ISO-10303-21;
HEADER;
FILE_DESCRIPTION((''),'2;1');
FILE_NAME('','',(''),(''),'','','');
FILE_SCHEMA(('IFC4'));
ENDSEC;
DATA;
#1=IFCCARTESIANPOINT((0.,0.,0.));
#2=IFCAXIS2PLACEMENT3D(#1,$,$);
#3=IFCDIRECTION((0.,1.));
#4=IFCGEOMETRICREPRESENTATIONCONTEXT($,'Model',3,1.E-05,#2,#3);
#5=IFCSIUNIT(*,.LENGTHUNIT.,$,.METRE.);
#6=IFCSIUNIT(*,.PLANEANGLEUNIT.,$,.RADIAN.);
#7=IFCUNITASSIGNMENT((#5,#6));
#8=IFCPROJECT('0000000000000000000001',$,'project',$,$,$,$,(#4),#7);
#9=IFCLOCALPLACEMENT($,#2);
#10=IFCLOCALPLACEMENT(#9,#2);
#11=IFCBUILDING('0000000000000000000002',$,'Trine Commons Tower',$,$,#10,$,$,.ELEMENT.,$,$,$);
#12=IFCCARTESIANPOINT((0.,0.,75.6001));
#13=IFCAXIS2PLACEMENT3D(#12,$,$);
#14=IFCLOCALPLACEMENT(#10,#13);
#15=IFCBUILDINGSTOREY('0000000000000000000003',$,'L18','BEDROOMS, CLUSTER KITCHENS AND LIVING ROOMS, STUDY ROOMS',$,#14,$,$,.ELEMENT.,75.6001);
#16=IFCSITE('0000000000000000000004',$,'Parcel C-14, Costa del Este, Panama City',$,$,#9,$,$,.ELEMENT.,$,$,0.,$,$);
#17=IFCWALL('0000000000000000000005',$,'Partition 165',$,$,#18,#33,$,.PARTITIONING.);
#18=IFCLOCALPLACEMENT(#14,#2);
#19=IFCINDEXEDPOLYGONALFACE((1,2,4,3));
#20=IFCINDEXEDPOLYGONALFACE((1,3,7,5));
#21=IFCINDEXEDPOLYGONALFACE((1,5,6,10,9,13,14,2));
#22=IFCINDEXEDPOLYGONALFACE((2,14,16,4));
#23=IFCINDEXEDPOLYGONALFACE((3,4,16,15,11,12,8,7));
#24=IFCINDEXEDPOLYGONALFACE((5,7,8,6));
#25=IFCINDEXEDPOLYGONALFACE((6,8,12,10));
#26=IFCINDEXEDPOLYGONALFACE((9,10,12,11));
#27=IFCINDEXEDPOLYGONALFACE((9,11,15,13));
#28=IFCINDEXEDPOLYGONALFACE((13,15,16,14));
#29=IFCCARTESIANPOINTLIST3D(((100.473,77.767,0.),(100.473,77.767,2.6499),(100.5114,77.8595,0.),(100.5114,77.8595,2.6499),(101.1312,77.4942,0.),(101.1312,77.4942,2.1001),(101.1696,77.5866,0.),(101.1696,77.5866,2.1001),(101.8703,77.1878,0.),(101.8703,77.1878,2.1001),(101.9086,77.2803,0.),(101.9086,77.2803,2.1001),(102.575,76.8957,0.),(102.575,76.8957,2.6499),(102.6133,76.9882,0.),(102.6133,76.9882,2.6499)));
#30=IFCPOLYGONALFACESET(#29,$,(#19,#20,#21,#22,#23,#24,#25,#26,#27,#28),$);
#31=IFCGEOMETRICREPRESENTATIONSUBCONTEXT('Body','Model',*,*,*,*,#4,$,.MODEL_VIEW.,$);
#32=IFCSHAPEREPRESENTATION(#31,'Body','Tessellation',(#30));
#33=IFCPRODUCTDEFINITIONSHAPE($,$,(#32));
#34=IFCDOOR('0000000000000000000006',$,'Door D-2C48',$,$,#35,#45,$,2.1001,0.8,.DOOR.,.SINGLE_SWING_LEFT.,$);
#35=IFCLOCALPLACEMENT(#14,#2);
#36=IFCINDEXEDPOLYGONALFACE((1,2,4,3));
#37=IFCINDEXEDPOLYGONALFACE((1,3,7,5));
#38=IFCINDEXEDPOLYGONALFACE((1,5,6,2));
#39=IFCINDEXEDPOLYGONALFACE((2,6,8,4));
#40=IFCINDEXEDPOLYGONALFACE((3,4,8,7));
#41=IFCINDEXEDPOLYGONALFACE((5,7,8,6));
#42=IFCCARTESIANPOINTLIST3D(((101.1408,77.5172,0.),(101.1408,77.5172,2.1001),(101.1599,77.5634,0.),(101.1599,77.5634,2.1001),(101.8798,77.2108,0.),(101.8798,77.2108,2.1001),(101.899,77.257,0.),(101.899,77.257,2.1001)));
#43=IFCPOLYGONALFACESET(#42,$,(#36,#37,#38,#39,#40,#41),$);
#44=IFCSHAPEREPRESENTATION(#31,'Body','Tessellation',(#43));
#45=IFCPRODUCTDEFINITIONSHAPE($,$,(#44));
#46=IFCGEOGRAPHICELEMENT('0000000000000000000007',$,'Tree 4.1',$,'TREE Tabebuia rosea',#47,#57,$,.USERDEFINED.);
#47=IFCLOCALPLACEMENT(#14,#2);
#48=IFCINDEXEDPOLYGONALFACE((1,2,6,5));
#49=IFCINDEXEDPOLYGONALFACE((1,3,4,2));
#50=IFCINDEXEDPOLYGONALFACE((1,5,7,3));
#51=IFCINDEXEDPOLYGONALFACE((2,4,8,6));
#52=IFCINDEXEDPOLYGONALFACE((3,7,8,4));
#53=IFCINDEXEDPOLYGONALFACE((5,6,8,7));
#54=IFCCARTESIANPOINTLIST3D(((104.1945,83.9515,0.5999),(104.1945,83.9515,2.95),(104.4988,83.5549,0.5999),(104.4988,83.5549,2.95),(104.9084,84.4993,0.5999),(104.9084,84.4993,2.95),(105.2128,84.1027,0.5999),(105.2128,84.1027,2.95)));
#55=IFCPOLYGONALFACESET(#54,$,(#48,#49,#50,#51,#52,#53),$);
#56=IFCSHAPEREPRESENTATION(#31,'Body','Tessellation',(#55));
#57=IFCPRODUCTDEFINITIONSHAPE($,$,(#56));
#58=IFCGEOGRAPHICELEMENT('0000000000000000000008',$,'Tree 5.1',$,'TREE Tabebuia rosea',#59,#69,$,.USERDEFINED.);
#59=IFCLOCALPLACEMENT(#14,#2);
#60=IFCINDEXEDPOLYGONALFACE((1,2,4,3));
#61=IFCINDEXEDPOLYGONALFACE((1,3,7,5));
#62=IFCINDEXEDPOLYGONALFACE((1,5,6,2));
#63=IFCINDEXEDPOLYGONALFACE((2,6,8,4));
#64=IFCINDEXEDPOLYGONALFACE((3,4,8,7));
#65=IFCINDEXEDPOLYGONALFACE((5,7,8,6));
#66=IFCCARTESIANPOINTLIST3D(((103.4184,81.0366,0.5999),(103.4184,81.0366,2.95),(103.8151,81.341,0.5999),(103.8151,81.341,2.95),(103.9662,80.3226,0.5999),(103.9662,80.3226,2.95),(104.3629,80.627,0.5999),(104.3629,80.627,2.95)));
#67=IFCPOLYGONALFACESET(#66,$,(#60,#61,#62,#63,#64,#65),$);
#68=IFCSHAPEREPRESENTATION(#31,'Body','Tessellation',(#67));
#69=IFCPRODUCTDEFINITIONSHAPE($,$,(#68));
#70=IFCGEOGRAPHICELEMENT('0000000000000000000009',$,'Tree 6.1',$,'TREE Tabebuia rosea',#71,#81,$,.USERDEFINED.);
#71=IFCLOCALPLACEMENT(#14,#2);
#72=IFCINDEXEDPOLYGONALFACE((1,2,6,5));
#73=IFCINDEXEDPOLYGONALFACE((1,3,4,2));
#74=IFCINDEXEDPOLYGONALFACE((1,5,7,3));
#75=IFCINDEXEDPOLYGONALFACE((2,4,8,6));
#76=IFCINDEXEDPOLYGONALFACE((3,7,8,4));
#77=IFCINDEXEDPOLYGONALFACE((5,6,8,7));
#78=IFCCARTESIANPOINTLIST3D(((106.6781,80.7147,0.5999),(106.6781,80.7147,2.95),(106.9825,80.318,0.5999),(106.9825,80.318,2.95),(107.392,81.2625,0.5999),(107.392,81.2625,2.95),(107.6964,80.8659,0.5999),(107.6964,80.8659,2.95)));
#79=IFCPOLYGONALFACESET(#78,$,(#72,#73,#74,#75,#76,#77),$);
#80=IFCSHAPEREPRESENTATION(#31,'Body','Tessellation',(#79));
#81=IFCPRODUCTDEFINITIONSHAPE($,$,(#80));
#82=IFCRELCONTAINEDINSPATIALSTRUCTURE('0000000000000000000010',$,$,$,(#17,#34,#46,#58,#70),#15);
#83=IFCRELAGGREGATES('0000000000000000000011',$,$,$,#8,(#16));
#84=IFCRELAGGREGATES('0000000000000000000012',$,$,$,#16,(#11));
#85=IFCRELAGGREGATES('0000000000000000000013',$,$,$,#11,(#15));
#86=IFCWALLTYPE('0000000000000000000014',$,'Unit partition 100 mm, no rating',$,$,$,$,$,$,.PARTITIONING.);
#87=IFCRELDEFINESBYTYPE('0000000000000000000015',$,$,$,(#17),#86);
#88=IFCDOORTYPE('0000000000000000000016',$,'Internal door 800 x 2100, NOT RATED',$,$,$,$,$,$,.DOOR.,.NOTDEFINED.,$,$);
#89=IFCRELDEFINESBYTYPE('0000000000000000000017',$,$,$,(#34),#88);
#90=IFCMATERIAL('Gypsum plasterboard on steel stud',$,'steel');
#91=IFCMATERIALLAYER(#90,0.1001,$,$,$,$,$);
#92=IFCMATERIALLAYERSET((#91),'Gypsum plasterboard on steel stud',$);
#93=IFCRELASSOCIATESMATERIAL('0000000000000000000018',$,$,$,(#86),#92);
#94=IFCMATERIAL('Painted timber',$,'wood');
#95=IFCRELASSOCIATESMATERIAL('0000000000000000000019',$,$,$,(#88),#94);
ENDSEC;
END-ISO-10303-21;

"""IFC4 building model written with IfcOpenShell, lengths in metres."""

from ifc_helpers import new_model, si_unit, direction, frame, frame_2d, origin, origin_2d, place, context, subcontext, project, spatial, rectangle, extrude, material, layer, layer_set, type_object, element, fill, save


model = new_model("IFC4")

# Units and contexts
model_context = context("Model", 3, precision=1e-05, world=origin(), true_north=direction((0.0, 1.0)))
body_context = subcontext(model_context, "Body", "Model", "MODEL_VIEW")
ifc_project = project(units=[si_unit("LENGTHUNIT", "METRE"), si_unit("PLANEANGLEUNIT", "RADIAN")], contexts=[model_context])

# Site, building, storey
site_placement = place(None, origin())
site = spatial("IfcSite", under=ifc_project, at=site_placement, Name="Parcel C-14, Costa del Este, Panama City", CompositionType="ELEMENT", RefElevation=0.0)
building_placement = place(site_placement, origin())
building = spatial("IfcBuilding", under=site, at=building_placement, Name="Trine Commons Tower", CompositionType="ELEMENT")
storey_placement = place(building_placement, frame((0.0, 0.0, 75.6001)))
storey = spatial("IfcBuildingStorey", under=building, at=storey_placement, Name="L18", Description="BEDROOMS, CLUSTER KITCHENS AND LIVING ROOMS, STUDY ROOMS", CompositionType="ELEMENT", Elevation=75.6001)

# Shared definitions
ifc_material_1 = material(Name="Gypsum plasterboard on steel stud", Category="steel")

# Wall, opening, door
ifc_layer_1 = layer(ifc_material_1, 0.1001)
ifc_layer_set_1 = layer_set([ifc_layer_1], Name="Gypsum plasterboard on steel stud")
wall_type_1 = type_object("IfcWallType", Name="Unit partition 100 mm, no rating", PredefinedType="PARTITIONING", material=ifc_layer_set_1)
wall_1_placement = place(storey_placement, frame((100.4922, 77.8132, 0.0), z_axis=(0.0, 0.0, 1.0), x_axis=(0.92378, -0.382923, 0.0)))
wall_1 = element("IfcWall", 1, at=wall_1_placement, inside=storey, type_object=wall_type_1, Name="Partition 165", PredefinedType="PARTITIONING", context=body_context, shape_type="SweptSolid", body=[
    extrude(rectangle(XDim=2.2754, YDim=0.1001, at=frame_2d((1.1377, 0.0))), origin(), (0.0, 0.0, 1.0), 2.6499),
])
opening_1_placement = place(wall_1_placement, frame((0.7126, 0.0, 0.0)))
opening_1 = element("IfcOpeningElement", 2, at=opening_1_placement, cuts=wall_1, PredefinedType="OPENING", context=body_context, shape_type="SweptSolid", body=[
    extrude(rectangle(XDim=0.8, YDim=2.1001, at=frame_2d((0.3999, 1.05))), frame((0.0, 0.0601, 0.0), z_axis=(0.0, -1.0, 0.0), x_axis=(1.0, 0.0, 0.0)), (0.0, 0.0, 1.0), 0.1201),
])
ifc_material_2 = material(Name="Painted timber", Category="wood")
door_type_1 = type_object("IfcDoorType", Name="Internal door 800 x 2100, NOT RATED", OperationType="NOTDEFINED", PredefinedType="DOOR", material=ifc_material_2)
door_1_placement = place(opening_1_placement, origin())
door_1 = element("IfcDoor", 3, at=door_1_placement, inside=storey, type_object=door_type_1, Name="Door D-2C48", OperationType="SINGLE_SWING_LEFT", OverallHeight=2.1001, OverallWidth=0.8, PredefinedType="DOOR", context=body_context, shape_type="SweptSolid", body=[
    extrude(rectangle(XDim=0.8, YDim=2.1001, at=frame_2d((0.3999, 1.05))), frame((0.0, 0.0249, 0.0), z_axis=(0.0, -1.0, 0.0), x_axis=(1.0, 0.0, 0.0)), (0.0, 0.0, 1.0), 0.05),
])
fill(opening_1, door_1)

# Geographic elements
for number, where, z_axis, x_axis, name in (
    (4, (104.7036, 84.0271, 0.5999), (0.0, 0.0, 1.0), (-0.793359, -0.608755, 0.0), "Tree 4.1"),
    (5, (103.8906, 80.8318, 0.5999), (0.0, 0.0, 1.0), (0.608735, -0.793374, 0.0), "Tree 5.1"),
    (6, (107.1873, 80.7903, 0.5999), (0.0, 0.0, 1.0), (0.793359, 0.608755, 0.0), "Tree 6.1"),
):
    element("IfcGeographicElement", number, at=place(storey_placement, frame(where, z_axis=z_axis, x_axis=x_axis)), inside=storey, Name=name, ObjectType="TREE Tabebuia rosea", PredefinedType="USERDEFINED", context=body_context, shape_type="SweptSolid", body=[
        extrude(rectangle(XDim=0.8999, YDim=0.5, at=origin_2d()), origin(), (0.0, 0.0, 1.0), 2.3501),
    ])

save(model, "model.ifc")
